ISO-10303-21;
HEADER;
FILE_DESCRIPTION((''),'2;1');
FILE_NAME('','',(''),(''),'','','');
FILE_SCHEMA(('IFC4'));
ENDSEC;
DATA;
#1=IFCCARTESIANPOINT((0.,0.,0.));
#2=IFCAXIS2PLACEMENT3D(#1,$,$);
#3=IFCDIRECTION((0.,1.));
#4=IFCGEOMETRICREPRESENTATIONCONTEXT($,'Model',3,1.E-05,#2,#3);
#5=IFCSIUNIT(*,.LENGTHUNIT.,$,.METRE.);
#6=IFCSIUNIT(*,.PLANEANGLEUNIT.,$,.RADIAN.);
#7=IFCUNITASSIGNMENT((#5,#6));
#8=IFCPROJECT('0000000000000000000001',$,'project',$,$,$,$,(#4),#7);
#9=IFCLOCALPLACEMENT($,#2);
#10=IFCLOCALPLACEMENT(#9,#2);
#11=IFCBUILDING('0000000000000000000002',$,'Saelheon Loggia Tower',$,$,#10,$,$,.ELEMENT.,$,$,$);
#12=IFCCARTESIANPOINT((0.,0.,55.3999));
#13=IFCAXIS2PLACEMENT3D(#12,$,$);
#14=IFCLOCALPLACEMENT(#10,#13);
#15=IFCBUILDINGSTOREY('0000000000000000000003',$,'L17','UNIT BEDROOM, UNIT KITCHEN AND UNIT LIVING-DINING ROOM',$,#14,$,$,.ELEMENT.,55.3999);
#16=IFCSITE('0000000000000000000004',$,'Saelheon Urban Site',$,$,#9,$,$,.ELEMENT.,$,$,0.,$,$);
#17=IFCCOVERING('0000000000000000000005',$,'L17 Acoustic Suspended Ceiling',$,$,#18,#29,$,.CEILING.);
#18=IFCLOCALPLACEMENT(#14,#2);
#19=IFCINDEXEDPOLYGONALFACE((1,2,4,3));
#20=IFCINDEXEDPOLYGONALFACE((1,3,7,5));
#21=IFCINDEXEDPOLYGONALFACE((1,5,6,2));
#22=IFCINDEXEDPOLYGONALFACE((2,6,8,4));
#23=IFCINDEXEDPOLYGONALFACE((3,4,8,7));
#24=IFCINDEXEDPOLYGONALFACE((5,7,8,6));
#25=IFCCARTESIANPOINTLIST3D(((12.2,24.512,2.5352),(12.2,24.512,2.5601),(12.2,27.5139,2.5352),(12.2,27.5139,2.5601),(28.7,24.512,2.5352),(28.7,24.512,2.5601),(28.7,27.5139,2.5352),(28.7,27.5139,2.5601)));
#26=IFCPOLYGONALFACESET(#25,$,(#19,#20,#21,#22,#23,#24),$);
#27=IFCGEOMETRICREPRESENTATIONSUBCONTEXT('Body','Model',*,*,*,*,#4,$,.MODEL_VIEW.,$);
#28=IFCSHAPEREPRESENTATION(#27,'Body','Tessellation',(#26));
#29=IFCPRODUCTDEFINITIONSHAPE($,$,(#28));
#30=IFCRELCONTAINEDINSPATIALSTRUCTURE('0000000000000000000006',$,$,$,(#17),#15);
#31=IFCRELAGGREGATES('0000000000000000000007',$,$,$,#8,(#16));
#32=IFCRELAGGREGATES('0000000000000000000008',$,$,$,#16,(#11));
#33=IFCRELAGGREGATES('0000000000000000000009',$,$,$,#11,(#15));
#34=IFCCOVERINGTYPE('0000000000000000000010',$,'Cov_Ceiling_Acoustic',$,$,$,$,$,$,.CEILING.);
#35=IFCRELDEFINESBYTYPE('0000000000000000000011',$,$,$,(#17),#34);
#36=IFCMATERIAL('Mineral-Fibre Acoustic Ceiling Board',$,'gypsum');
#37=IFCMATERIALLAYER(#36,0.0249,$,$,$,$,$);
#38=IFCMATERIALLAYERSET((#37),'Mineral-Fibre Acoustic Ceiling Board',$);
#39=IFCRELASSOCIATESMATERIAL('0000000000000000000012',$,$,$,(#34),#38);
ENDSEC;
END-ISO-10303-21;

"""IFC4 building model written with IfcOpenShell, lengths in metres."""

from ifc_helpers import new_model, si_unit, direction, frame, origin, place, context, subcontext, project, spatial, polyline, outline, extrude, material, layer, layer_set, type_object, element, save


model = new_model("IFC4")

# Units and contexts
model_context = context("Model", 3, precision=1e-05, world=origin(), true_north=direction((0.0, 1.0)))
body_context = subcontext(model_context, "Body", "Model", "MODEL_VIEW")
ifc_project = project(units=[si_unit("LENGTHUNIT", "METRE"), si_unit("PLANEANGLEUNIT", "RADIAN")], contexts=[model_context])

# Site, building, storey
site_placement = place(None, origin())
site = spatial("IfcSite", under=ifc_project, at=site_placement, Name="Saelheon Urban Site", CompositionType="ELEMENT", RefElevation=0.0)
building_placement = place(site_placement, origin())
building = spatial("IfcBuilding", under=site, at=building_placement, Name="Saelheon Loggia Tower", CompositionType="ELEMENT")
storey_placement = place(building_placement, frame((0.0, 0.0, 55.3999)))
storey = spatial("IfcBuildingStorey", under=building, at=storey_placement, Name="L17", Description="UNIT BEDROOM, UNIT KITCHEN AND UNIT LIVING-DINING ROOM", CompositionType="ELEMENT", Elevation=55.3999)

# Covering
ifc_material_1 = material(Name="Mineral-Fibre Acoustic Ceiling Board", Category="gypsum")
ifc_layer_1 = layer(ifc_material_1, 0.0249)
ifc_layer_set_1 = layer_set([ifc_layer_1], Name="Mineral-Fibre Acoustic Ceiling Board")
covering_type = type_object("IfcCoveringType", Name="Cov_Ceiling_Acoustic", PredefinedType="CEILING", material=ifc_layer_set_1)
covering_1_placement = place(storey_placement, frame((0.0, 0.0, 2.5352)))
element("IfcCovering", 1, at=covering_1_placement, inside=storey, type_object=covering_type, Name="L17 Acoustic Suspended Ceiling", PredefinedType="CEILING", context=body_context, shape_type="SweptSolid", body=[
    extrude(outline(polyline([(12.2, 24.512), (28.7, 24.512), (28.7, 27.5139), (12.2, 27.5139), (12.2, 24.512)])), origin(), (0.0, 0.0, 1.0), 0.0249),
])

save(model, "model.ifc")
